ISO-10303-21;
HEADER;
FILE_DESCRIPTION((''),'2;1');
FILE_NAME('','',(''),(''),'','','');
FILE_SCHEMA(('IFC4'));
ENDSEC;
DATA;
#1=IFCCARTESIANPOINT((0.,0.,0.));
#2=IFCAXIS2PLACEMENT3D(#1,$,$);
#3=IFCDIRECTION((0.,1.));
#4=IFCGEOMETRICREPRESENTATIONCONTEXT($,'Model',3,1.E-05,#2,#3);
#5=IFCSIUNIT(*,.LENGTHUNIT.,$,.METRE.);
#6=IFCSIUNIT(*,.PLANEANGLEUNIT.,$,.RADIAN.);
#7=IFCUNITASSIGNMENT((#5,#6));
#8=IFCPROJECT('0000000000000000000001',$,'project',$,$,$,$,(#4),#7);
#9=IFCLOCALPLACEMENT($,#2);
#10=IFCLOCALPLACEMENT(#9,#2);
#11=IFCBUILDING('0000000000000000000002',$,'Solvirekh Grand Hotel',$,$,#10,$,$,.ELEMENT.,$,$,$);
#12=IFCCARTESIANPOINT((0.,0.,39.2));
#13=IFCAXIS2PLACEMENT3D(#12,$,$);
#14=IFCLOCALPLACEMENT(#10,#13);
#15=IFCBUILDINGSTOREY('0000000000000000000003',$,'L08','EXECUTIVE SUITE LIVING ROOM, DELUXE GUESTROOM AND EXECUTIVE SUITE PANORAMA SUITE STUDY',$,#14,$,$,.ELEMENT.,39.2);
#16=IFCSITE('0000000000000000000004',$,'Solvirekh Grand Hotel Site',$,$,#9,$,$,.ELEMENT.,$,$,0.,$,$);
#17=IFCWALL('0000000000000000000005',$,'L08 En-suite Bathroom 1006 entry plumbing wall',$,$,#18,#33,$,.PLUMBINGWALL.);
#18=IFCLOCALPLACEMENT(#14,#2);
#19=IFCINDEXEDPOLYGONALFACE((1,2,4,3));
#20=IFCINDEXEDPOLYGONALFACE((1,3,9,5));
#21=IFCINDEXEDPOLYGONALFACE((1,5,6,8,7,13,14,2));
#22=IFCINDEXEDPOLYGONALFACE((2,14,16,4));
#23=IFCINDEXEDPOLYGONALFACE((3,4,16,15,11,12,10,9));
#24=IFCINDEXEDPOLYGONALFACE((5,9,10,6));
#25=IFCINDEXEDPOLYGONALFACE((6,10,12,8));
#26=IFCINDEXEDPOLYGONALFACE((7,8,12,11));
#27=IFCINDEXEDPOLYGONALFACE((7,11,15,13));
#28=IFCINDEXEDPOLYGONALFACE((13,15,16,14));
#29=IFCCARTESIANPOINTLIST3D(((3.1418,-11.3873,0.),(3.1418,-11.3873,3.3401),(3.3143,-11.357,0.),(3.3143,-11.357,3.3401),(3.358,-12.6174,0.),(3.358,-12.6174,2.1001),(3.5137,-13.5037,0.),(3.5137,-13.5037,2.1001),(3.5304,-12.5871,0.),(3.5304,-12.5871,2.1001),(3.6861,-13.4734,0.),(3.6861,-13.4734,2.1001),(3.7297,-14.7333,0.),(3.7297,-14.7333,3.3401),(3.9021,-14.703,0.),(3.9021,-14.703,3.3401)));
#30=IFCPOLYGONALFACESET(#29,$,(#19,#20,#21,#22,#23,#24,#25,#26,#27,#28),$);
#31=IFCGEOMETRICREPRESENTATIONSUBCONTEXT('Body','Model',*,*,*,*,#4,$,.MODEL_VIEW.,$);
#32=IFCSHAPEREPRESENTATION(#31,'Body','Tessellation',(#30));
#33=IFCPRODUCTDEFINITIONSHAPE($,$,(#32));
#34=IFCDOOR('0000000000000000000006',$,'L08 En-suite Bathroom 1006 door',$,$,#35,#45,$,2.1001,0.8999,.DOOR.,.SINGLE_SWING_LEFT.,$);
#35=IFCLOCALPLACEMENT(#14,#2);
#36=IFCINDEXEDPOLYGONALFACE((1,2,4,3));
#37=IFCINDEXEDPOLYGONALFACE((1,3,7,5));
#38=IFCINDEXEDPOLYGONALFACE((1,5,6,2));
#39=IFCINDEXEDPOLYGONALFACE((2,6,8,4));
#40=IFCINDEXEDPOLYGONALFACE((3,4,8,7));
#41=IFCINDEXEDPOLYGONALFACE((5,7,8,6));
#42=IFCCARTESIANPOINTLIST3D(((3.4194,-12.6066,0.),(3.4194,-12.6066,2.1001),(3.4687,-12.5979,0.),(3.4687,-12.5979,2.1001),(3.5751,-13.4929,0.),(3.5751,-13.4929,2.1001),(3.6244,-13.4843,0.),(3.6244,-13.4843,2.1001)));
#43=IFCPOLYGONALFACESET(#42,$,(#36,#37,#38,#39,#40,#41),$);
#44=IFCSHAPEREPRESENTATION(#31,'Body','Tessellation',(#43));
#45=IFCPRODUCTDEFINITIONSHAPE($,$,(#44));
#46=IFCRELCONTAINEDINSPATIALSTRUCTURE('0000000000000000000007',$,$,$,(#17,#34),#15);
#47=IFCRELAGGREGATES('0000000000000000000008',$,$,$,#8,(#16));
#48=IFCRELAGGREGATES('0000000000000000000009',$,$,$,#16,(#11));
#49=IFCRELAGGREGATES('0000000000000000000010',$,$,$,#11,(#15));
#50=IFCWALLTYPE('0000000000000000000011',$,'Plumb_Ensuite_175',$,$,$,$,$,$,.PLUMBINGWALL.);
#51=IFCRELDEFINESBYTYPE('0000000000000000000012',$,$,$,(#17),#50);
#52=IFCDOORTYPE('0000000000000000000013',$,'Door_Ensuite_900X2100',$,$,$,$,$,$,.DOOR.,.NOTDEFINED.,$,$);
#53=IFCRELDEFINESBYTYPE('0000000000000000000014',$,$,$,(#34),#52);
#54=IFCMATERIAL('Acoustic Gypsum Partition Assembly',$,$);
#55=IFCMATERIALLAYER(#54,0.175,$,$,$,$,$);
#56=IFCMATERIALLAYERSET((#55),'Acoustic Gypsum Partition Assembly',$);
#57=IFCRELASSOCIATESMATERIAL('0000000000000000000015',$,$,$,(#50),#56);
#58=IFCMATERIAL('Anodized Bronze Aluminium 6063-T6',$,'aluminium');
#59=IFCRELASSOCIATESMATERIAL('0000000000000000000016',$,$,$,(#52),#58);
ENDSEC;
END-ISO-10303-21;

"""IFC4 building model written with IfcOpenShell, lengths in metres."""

from ifc_helpers import new_model, si_unit, direction, frame, frame_2d, origin, place, context, subcontext, project, spatial, rectangle, extrude, material, layer, layer_set, type_object, element, fill, save


model = new_model("IFC4")

# Units and contexts
model_context = context("Model", 3, precision=1e-05, world=origin(), true_north=direction((0.0, 1.0)))
body_context = subcontext(model_context, "Body", "Model", "MODEL_VIEW")
ifc_project = project(units=[si_unit("LENGTHUNIT", "METRE"), si_unit("PLANEANGLEUNIT", "RADIAN")], contexts=[model_context])

# Site, building, storey
site_placement = place(None, origin())
site = spatial("IfcSite", under=ifc_project, at=site_placement, Name="Solvirekh Grand Hotel Site", CompositionType="ELEMENT", RefElevation=0.0)
building_placement = place(site_placement, origin())
building = spatial("IfcBuilding", under=site, at=building_placement, Name="Solvirekh Grand Hotel", CompositionType="ELEMENT")
storey_placement = place(building_placement, frame((0.0, 0.0, 39.2)))
storey = spatial("IfcBuildingStorey", under=building, at=storey_placement, Name="L08", Description="EXECUTIVE SUITE LIVING ROOM, DELUXE GUESTROOM AND EXECUTIVE SUITE PANORAMA SUITE STUDY", CompositionType="ELEMENT", Elevation=39.2)

# Shared definitions
ifc_material_1 = material(Name="Acoustic Gypsum Partition Assembly")

# Shared definitions
ifc_layer_1 = layer(ifc_material_1, 0.175)
ifc_layer_set_1 = layer_set([ifc_layer_1], Name="Acoustic Gypsum Partition Assembly")
wall_type_1 = type_object("IfcWallType", Name="Plumb_Ensuite_175", PredefinedType="PLUMBINGWALL", material=ifc_layer_set_1)

# Wall, opening, door
wall_1_placement = place(storey_placement, frame((3.228, -11.3721, 0.0), z_axis=(0.0, 0.0, 1.0), x_axis=(0.173051, -0.984913, 0.0)))
wall_1 = element("IfcWall", 1, at=wall_1_placement, inside=storey, type_object=wall_type_1, Name="L08 En-suite Bathroom 1006 entry plumbing wall", PredefinedType="PLUMBINGWALL", context=body_context, shape_type="SweptSolid", body=[
    extrude(rectangle(XDim=3.3972, YDim=0.175, at=frame_2d((1.6987, 0.0))), origin(), (0.0, 0.0, 1.0), 3.3401),
])
opening_1_placement = place(wall_1_placement, frame((1.249, 0.0, 0.0)))
opening_1 = element("IfcOpeningElement", 2, at=opening_1_placement, cuts=wall_1, PredefinedType="OPENING", context=body_context, shape_type="SweptSolid", body=[
    extrude(rectangle(XDim=0.8999, YDim=2.1001, at=frame_2d((0.45, 1.05))), frame((0.0, 0.0977, 0.0), z_axis=(0.0, -1.0, 0.0), x_axis=(1.0, 0.0, 0.0)), (0.0, 0.0, 1.0), 0.1951),
])
ifc_material_2 = material(Name="Anodized Bronze Aluminium 6063-T6", Category="aluminium")
door_type_1 = type_object("IfcDoorType", Name="Door_Ensuite_900X2100", OperationType="NOTDEFINED", PredefinedType="DOOR", material=ifc_material_2)
door_1_placement = place(opening_1_placement, origin())
door_1 = element("IfcDoor", 3, at=door_1_placement, inside=storey, type_object=door_type_1, Name="L08 En-suite Bathroom 1006 door", OperationType="SINGLE_SWING_LEFT", OverallHeight=2.1001, OverallWidth=0.8999, PredefinedType="DOOR", context=body_context, shape_type="SweptSolid", body=[
    extrude(rectangle(XDim=0.8999, YDim=2.1001, at=frame_2d((0.45, 1.05))), frame((0.0, 0.0249, 0.0), z_axis=(0.0, -1.0, 0.0), x_axis=(1.0, 0.0, 0.0)), (0.0, 0.0, 1.0), 0.05),
])
fill(opening_1, door_1)

save(model, "model.ifc")
